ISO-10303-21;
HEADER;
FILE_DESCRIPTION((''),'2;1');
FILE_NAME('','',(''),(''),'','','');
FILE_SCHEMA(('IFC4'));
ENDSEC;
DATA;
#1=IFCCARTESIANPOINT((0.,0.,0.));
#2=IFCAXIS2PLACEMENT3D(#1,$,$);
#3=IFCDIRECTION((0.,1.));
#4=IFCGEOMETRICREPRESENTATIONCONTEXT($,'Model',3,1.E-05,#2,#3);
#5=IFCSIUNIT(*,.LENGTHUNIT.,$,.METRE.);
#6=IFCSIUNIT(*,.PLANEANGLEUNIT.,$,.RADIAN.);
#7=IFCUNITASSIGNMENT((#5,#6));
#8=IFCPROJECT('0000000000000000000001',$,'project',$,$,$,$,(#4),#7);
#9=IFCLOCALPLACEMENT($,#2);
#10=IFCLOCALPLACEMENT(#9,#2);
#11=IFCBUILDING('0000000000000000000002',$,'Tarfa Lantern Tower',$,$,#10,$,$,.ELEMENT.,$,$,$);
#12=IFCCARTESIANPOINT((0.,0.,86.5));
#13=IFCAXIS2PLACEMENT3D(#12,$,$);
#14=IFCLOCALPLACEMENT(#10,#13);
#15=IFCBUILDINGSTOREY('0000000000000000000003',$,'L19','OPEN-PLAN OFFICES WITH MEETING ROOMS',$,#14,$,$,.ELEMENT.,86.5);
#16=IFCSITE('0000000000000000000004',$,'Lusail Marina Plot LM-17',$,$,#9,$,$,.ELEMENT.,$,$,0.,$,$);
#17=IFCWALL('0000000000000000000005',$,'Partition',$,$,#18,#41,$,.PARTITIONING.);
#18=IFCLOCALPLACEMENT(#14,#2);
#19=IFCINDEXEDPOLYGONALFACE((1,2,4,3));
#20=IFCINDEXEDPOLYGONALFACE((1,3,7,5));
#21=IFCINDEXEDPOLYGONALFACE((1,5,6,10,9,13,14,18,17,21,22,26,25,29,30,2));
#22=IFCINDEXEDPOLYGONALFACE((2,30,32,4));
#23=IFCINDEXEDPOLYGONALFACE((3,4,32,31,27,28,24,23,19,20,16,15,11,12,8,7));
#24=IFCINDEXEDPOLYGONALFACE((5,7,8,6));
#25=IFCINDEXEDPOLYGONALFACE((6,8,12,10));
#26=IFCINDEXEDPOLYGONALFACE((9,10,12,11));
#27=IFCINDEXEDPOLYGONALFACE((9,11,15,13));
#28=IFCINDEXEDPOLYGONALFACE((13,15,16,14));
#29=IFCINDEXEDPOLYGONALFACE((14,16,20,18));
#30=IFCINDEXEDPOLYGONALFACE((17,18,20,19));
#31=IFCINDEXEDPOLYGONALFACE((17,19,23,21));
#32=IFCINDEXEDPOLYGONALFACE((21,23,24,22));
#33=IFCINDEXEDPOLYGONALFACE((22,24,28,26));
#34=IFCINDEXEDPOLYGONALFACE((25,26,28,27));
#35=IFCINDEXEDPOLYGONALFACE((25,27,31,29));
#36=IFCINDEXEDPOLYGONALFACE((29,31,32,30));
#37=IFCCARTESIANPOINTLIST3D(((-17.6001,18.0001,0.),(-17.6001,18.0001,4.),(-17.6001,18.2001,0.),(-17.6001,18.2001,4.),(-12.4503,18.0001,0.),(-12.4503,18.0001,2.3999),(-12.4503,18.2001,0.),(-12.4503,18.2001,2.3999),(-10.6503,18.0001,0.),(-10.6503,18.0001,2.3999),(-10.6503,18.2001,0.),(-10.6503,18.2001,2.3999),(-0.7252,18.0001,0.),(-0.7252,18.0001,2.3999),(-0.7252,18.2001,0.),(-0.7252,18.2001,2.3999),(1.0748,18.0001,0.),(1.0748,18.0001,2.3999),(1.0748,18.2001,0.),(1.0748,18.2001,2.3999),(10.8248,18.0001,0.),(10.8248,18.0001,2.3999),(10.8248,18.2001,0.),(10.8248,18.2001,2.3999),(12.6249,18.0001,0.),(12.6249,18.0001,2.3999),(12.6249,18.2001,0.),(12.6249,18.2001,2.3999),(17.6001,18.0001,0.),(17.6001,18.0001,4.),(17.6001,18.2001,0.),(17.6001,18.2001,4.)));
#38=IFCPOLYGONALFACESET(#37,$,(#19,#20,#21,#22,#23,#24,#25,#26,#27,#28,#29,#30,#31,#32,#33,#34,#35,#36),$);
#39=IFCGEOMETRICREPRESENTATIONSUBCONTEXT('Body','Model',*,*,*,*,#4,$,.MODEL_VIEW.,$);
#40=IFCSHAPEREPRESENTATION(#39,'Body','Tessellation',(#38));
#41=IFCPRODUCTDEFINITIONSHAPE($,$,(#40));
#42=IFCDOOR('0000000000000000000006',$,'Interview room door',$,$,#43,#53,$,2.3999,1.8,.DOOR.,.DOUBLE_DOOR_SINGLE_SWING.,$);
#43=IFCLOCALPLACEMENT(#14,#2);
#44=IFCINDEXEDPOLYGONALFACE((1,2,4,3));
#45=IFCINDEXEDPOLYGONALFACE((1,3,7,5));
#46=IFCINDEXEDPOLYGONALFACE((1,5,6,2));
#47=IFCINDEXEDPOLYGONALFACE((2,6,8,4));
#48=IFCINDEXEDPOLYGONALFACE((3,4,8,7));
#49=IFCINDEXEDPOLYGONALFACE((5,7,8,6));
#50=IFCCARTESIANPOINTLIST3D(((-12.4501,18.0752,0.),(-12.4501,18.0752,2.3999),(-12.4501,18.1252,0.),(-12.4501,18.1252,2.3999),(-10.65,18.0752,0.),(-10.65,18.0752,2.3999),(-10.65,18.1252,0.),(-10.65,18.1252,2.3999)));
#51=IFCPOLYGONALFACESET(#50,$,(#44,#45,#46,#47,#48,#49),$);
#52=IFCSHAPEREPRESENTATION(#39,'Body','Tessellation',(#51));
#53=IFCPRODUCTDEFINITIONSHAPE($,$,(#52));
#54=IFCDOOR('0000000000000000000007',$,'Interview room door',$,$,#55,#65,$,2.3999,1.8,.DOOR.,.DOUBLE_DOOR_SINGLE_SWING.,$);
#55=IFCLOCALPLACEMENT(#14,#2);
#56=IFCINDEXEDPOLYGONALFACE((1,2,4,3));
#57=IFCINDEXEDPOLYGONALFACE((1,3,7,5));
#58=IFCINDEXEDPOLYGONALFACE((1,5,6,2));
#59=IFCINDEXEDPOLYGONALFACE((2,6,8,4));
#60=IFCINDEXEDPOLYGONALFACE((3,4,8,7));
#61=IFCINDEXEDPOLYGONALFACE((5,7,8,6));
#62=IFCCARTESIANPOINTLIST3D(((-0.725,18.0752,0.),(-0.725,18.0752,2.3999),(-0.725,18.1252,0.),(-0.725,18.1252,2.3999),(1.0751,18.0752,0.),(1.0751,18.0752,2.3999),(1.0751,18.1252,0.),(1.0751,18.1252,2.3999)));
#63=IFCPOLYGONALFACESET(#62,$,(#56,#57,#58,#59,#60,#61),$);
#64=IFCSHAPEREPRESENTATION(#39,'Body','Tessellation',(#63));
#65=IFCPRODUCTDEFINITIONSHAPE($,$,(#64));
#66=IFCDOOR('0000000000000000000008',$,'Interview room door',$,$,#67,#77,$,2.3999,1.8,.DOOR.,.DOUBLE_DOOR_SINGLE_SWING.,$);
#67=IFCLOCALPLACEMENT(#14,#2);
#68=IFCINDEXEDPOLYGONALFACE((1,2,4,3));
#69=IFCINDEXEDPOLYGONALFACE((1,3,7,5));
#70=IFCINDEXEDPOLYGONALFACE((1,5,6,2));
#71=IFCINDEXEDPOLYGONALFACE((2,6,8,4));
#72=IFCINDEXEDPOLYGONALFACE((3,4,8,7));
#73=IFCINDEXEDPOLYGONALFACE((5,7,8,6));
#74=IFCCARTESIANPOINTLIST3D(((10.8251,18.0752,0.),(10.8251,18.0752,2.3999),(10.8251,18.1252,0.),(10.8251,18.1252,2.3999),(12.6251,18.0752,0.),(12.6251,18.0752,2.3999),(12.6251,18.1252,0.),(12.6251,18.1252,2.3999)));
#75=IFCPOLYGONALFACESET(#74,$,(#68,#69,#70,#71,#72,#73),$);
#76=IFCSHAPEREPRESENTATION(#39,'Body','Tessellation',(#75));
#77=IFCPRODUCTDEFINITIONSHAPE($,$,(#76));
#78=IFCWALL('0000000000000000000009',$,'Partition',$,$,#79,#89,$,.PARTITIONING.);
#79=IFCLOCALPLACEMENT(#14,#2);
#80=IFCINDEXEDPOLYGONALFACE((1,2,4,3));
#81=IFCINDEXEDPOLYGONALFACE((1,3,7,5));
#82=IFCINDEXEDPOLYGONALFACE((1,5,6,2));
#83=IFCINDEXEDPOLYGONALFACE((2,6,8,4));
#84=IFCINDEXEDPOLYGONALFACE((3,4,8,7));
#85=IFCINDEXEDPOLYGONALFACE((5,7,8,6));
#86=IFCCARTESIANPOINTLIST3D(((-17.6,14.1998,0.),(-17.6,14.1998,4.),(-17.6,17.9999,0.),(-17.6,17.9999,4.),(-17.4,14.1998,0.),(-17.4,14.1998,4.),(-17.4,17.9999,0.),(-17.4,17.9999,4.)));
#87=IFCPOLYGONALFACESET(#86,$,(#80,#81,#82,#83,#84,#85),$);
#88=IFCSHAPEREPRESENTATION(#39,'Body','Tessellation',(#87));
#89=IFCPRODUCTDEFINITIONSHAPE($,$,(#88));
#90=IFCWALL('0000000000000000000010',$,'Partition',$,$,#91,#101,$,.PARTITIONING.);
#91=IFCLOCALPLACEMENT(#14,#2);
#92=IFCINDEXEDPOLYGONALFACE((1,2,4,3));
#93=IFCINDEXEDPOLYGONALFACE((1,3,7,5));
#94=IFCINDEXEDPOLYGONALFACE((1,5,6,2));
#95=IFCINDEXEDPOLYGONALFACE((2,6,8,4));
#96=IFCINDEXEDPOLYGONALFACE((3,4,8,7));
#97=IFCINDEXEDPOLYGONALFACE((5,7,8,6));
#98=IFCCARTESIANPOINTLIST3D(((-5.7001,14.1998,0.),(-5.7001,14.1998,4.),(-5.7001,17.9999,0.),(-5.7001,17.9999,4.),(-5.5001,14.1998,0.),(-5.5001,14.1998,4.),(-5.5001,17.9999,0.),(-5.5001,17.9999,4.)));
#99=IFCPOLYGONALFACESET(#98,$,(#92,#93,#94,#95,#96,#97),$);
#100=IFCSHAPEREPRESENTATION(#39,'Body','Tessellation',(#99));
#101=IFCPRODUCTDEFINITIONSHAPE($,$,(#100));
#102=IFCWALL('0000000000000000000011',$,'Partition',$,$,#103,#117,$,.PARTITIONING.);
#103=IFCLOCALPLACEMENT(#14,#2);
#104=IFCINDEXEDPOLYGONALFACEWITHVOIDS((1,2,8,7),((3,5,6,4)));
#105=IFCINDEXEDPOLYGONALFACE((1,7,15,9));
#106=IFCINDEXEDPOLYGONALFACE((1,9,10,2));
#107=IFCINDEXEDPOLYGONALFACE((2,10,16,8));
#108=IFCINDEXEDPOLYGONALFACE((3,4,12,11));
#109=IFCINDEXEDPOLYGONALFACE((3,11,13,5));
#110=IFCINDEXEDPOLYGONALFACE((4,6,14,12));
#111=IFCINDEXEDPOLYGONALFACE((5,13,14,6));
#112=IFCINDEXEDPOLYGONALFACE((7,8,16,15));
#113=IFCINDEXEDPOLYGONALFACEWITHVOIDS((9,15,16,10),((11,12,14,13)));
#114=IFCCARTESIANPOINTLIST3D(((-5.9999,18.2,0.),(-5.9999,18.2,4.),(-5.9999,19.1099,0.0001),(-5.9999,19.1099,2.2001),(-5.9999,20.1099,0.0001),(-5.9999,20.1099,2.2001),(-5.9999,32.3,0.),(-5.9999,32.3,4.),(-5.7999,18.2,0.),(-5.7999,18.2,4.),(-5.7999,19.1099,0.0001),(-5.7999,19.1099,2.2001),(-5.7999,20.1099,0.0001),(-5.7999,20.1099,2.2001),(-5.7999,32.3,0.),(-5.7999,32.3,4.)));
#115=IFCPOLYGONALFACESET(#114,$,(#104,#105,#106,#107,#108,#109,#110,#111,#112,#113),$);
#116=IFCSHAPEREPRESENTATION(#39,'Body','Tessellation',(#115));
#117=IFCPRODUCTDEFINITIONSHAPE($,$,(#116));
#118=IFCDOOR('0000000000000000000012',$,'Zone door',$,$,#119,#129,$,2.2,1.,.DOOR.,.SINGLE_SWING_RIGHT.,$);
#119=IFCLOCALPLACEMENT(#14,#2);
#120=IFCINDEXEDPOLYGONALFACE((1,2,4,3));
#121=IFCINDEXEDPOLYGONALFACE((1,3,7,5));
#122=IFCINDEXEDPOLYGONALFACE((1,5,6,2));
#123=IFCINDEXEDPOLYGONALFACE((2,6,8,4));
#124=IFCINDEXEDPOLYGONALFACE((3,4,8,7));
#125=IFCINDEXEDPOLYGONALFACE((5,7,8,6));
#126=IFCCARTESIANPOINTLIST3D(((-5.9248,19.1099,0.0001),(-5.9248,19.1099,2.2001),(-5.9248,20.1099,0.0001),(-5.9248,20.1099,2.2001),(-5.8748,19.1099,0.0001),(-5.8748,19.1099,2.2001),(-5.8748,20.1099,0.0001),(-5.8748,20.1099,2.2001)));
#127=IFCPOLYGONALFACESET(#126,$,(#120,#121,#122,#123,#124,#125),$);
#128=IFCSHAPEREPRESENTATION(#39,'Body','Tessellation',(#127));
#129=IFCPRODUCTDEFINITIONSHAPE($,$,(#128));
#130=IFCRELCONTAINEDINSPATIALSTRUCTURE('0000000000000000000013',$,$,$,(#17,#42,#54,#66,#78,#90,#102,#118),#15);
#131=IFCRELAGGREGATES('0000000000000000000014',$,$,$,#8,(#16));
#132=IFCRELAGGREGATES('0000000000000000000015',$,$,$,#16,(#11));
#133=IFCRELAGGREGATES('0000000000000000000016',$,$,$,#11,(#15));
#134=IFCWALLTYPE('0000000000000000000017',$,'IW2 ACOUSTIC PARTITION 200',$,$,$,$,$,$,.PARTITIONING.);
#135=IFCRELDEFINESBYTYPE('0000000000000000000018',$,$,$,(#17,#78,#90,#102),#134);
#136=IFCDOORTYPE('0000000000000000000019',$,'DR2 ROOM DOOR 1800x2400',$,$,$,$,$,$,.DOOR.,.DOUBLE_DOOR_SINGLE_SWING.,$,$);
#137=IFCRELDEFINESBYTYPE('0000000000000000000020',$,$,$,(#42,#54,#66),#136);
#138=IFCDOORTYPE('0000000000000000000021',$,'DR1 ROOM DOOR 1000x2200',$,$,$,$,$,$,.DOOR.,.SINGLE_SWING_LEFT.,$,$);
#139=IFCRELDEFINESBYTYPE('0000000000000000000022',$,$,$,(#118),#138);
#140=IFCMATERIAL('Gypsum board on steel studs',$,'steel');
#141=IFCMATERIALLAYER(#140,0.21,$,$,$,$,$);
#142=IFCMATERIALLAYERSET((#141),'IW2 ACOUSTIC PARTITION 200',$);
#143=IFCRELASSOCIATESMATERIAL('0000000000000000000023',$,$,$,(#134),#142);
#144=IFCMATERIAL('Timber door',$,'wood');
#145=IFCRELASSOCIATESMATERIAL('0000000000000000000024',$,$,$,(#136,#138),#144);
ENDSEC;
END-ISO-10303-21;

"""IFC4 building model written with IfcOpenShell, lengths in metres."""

from ifc_helpers import new_model, si_unit, direction, frame, frame_2d, origin, place, context, subcontext, project, spatial, rectangle, extrude, material, layer, layer_set, type_object, element, fill, save


model = new_model("IFC4")

# Units and contexts
model_context = context("Model", 3, precision=1e-05, world=origin(), true_north=direction((0.0, 1.0)))
body_context = subcontext(model_context, "Body", "Model", "MODEL_VIEW")
ifc_project = project(units=[si_unit("LENGTHUNIT", "METRE"), si_unit("PLANEANGLEUNIT", "RADIAN")], contexts=[model_context])

# Site, building, storey
site_placement = place(None, origin())
site = spatial("IfcSite", under=ifc_project, at=site_placement, Name="Lusail Marina Plot LM-17", CompositionType="ELEMENT", RefElevation=0.0)
building_placement = place(site_placement, origin())
building = spatial("IfcBuilding", under=site, at=building_placement, Name="Tarfa Lantern Tower", CompositionType="ELEMENT")
storey_placement = place(building_placement, frame((0.0, 0.0, 86.5)))
storey = spatial("IfcBuildingStorey", under=building, at=storey_placement, Name="L19", Description="OPEN-PLAN OFFICES WITH MEETING ROOMS", CompositionType="ELEMENT", Elevation=86.5)

# Wall, openings, doors
ifc_material_1 = material(Name="Gypsum board on steel studs", Category="steel")
ifc_layer_1 = layer(ifc_material_1, 0.21)
ifc_layer_set_1 = layer_set([ifc_layer_1], Name="IW2 ACOUSTIC PARTITION 200")
wall_type = type_object("IfcWallType", Name="IW2 ACOUSTIC PARTITION 200", PredefinedType="PARTITIONING", material=ifc_layer_set_1)
wall_1_placement = place(storey_placement, frame((-17.6001, 18.1001, 0.0), z_axis=(0.0, 0.0, 1.0), x_axis=(1.0, 0.0, 0.0)))
wall_1 = element("IfcWall", 1, at=wall_1_placement, inside=storey, type_object=wall_type, Name="Partition", PredefinedType="PARTITIONING", context=body_context, shape_type="SweptSolid", body=[
    extrude(rectangle(XDim=35.2002, YDim=0.2, at=frame_2d((17.6001, 0.0))), origin(), (0.0, 0.0, 1.0), 4.0),
])
opening_1_placement = place(wall_1_placement, frame((5.1499, 0.0, 0.0)))
opening_1 = element("IfcOpeningElement", 2, at=opening_1_placement, cuts=wall_1, PredefinedType="OPENING", context=body_context, shape_type="SweptSolid", body=[
    extrude(rectangle(XDim=1.8, YDim=2.3999, at=frame_2d((0.8999, 1.2))), frame((0.0, 0.1099, 0.0), z_axis=(0.0, -1.0, 0.0), x_axis=(1.0, 0.0, 0.0)), (0.0, 0.0, 1.0), 0.22),
])
opening_2_placement = place(wall_1_placement, frame((16.875, 0.0, 0.0)))
opening_2 = element("IfcOpeningElement", 3, at=opening_2_placement, cuts=wall_1, PredefinedType="OPENING", context=body_context, shape_type="SweptSolid", body=[
    extrude(rectangle(XDim=1.8, YDim=2.3999, at=frame_2d((0.8999, 1.2))), frame((0.0, 0.1099, 0.0), z_axis=(0.0, -1.0, 0.0), x_axis=(1.0, 0.0, 0.0)), (0.0, 0.0, 1.0), 0.22),
])
opening_3_placement = place(wall_1_placement, frame((28.425, 0.0, 0.0)))
opening_3 = element("IfcOpeningElement", 4, at=opening_3_placement, cuts=wall_1, PredefinedType="OPENING", context=body_context, shape_type="SweptSolid", body=[
    extrude(rectangle(XDim=1.8, YDim=2.3999, at=frame_2d((0.8999, 1.2))), frame((0.0, 0.1099, 0.0), z_axis=(0.0, -1.0, 0.0), x_axis=(1.0, 0.0, 0.0)), (0.0, 0.0, 1.0), 0.22),
])
ifc_material_2 = material(Name="Timber door", Category="wood")
door_type_1 = type_object("IfcDoorType", Name="DR2 ROOM DOOR 1800x2400", OperationType="DOUBLE_DOOR_SINGLE_SWING", PredefinedType="DOOR", material=ifc_material_2)
door_1_placement = place(opening_1_placement, frame((1.8, 0.0, 0.0), z_axis=(0.0, 0.0, 1.0), x_axis=(-1.0, 0.0, 0.0)))
door_1 = element("IfcDoor", 5, at=door_1_placement, inside=storey, type_object=door_type_1, Name="Interview room door", OperationType="DOUBLE_DOOR_SINGLE_SWING", OverallHeight=2.3999, OverallWidth=1.8, PredefinedType="DOOR", context=body_context, shape_type="SweptSolid", body=[
    extrude(rectangle(XDim=1.8, YDim=2.3999, at=frame_2d((0.8999, 1.2))), frame((0.0, 0.0249, 0.0), z_axis=(0.0, -1.0, 0.0), x_axis=(1.0, 0.0, 0.0)), (0.0, 0.0, 1.0), 0.05),
])
fill(opening_1, door_1)
door_2_placement = place(opening_2_placement, frame((1.8, 0.0, 0.0), z_axis=(0.0, 0.0, 1.0), x_axis=(-1.0, 0.0, 0.0)))
door_2 = element("IfcDoor", 6, at=door_2_placement, inside=storey, type_object=door_type_1, Name="Interview room door", OperationType="DOUBLE_DOOR_SINGLE_SWING", OverallHeight=2.3999, OverallWidth=1.8, PredefinedType="DOOR", context=body_context, shape_type="SweptSolid", body=[
    extrude(rectangle(XDim=1.8, YDim=2.3999, at=frame_2d((0.8999, 1.2))), frame((0.0, 0.0249, 0.0), z_axis=(0.0, -1.0, 0.0), x_axis=(1.0, 0.0, 0.0)), (0.0, 0.0, 1.0), 0.05),
])
fill(opening_2, door_2)
door_3_placement = place(opening_3_placement, frame((1.8, 0.0, 0.0), z_axis=(0.0, 0.0, 1.0), x_axis=(-1.0, 0.0, 0.0)))
door_3 = element("IfcDoor", 7, at=door_3_placement, inside=storey, type_object=door_type_1, Name="Interview room door", OperationType="DOUBLE_DOOR_SINGLE_SWING", OverallHeight=2.3999, OverallWidth=1.8, PredefinedType="DOOR", context=body_context, shape_type="SweptSolid", body=[
    extrude(rectangle(XDim=1.8, YDim=2.3999, at=frame_2d((0.8999, 1.2))), frame((0.0, 0.0249, 0.0), z_axis=(0.0, -1.0, 0.0), x_axis=(1.0, 0.0, 0.0)), (0.0, 0.0, 1.0), 0.05),
])
fill(opening_3, door_3)

# Walls
for number, where, z_axis, x_axis, name in (
    (8, (-17.5, 14.2, 0.0), (0.0, 0.0, 1.0), (0.0, 1.0, 0.0), "Partition"),
    (9, (-5.6001, 14.2, 0.0), (0.0, 0.0, 1.0), (0.0, 1.0, 0.0), "Partition"),
):
    element("IfcWall", number, at=place(storey_placement, frame(where, z_axis=z_axis, x_axis=x_axis)), inside=storey, type_object=wall_type, Name=name, PredefinedType="PARTITIONING", context=body_context, shape_type="SweptSolid", body=[
        extrude(rectangle(XDim=3.8, YDim=0.2, at=frame_2d((1.8999, 0.0))), origin(), (0.0, 0.0, 1.0), 4.0),
    ])

# Wall, opening, door
wall_2_placement = place(storey_placement, frame((-5.8999, 18.2, 0.0), z_axis=(0.0, 0.0, 1.0), x_axis=(0.0, 1.0, 0.0)))
wall_2 = element("IfcWall", 10, at=wall_2_placement, inside=storey, type_object=wall_type, Name="Partition", PredefinedType="PARTITIONING", context=body_context, shape_type="SweptSolid", body=[
    extrude(rectangle(XDim=14.1001, YDim=0.2, at=frame_2d((7.05, 0.0))), origin(), (0.0, 0.0, 1.0), 4.0),
])
opening_4_placement = place(wall_2_placement, frame((0.9099, 0.0, 0.0)))
opening_4 = element("IfcOpeningElement", 11, at=opening_4_placement, cuts=wall_2, PredefinedType="OPENING", context=body_context, shape_type="SweptSolid", body=[
    extrude(rectangle(XDim=1.0, YDim=2.2, at=frame_2d((0.5, 1.1001))), frame((0.0, 0.1099, 0.0), z_axis=(0.0, -1.0, 0.0), x_axis=(1.0, 0.0, 0.0)), (0.0, 0.0, 1.0), 0.22),
])
door_type_2 = type_object("IfcDoorType", Name="DR1 ROOM DOOR 1000x2200", OperationType="SINGLE_SWING_LEFT", PredefinedType="DOOR", material=ifc_material_2)
door_4_placement = place(opening_4_placement, origin())
door_4 = element("IfcDoor", 12, at=door_4_placement, inside=storey, type_object=door_type_2, Name="Zone door", OperationType="SINGLE_SWING_RIGHT", OverallHeight=2.2, OverallWidth=1.0, PredefinedType="DOOR", context=body_context, shape_type="SweptSolid", body=[
    extrude(rectangle(XDim=1.0, YDim=2.2, at=frame_2d((0.5, 1.1001))), frame((0.0, 0.0249, 0.0), z_axis=(0.0, -1.0, 0.0), x_axis=(1.0, 0.0, 0.0)), (0.0, 0.0, 1.0), 0.05),
])
fill(opening_4, door_4)

save(model, "model.ifc")
